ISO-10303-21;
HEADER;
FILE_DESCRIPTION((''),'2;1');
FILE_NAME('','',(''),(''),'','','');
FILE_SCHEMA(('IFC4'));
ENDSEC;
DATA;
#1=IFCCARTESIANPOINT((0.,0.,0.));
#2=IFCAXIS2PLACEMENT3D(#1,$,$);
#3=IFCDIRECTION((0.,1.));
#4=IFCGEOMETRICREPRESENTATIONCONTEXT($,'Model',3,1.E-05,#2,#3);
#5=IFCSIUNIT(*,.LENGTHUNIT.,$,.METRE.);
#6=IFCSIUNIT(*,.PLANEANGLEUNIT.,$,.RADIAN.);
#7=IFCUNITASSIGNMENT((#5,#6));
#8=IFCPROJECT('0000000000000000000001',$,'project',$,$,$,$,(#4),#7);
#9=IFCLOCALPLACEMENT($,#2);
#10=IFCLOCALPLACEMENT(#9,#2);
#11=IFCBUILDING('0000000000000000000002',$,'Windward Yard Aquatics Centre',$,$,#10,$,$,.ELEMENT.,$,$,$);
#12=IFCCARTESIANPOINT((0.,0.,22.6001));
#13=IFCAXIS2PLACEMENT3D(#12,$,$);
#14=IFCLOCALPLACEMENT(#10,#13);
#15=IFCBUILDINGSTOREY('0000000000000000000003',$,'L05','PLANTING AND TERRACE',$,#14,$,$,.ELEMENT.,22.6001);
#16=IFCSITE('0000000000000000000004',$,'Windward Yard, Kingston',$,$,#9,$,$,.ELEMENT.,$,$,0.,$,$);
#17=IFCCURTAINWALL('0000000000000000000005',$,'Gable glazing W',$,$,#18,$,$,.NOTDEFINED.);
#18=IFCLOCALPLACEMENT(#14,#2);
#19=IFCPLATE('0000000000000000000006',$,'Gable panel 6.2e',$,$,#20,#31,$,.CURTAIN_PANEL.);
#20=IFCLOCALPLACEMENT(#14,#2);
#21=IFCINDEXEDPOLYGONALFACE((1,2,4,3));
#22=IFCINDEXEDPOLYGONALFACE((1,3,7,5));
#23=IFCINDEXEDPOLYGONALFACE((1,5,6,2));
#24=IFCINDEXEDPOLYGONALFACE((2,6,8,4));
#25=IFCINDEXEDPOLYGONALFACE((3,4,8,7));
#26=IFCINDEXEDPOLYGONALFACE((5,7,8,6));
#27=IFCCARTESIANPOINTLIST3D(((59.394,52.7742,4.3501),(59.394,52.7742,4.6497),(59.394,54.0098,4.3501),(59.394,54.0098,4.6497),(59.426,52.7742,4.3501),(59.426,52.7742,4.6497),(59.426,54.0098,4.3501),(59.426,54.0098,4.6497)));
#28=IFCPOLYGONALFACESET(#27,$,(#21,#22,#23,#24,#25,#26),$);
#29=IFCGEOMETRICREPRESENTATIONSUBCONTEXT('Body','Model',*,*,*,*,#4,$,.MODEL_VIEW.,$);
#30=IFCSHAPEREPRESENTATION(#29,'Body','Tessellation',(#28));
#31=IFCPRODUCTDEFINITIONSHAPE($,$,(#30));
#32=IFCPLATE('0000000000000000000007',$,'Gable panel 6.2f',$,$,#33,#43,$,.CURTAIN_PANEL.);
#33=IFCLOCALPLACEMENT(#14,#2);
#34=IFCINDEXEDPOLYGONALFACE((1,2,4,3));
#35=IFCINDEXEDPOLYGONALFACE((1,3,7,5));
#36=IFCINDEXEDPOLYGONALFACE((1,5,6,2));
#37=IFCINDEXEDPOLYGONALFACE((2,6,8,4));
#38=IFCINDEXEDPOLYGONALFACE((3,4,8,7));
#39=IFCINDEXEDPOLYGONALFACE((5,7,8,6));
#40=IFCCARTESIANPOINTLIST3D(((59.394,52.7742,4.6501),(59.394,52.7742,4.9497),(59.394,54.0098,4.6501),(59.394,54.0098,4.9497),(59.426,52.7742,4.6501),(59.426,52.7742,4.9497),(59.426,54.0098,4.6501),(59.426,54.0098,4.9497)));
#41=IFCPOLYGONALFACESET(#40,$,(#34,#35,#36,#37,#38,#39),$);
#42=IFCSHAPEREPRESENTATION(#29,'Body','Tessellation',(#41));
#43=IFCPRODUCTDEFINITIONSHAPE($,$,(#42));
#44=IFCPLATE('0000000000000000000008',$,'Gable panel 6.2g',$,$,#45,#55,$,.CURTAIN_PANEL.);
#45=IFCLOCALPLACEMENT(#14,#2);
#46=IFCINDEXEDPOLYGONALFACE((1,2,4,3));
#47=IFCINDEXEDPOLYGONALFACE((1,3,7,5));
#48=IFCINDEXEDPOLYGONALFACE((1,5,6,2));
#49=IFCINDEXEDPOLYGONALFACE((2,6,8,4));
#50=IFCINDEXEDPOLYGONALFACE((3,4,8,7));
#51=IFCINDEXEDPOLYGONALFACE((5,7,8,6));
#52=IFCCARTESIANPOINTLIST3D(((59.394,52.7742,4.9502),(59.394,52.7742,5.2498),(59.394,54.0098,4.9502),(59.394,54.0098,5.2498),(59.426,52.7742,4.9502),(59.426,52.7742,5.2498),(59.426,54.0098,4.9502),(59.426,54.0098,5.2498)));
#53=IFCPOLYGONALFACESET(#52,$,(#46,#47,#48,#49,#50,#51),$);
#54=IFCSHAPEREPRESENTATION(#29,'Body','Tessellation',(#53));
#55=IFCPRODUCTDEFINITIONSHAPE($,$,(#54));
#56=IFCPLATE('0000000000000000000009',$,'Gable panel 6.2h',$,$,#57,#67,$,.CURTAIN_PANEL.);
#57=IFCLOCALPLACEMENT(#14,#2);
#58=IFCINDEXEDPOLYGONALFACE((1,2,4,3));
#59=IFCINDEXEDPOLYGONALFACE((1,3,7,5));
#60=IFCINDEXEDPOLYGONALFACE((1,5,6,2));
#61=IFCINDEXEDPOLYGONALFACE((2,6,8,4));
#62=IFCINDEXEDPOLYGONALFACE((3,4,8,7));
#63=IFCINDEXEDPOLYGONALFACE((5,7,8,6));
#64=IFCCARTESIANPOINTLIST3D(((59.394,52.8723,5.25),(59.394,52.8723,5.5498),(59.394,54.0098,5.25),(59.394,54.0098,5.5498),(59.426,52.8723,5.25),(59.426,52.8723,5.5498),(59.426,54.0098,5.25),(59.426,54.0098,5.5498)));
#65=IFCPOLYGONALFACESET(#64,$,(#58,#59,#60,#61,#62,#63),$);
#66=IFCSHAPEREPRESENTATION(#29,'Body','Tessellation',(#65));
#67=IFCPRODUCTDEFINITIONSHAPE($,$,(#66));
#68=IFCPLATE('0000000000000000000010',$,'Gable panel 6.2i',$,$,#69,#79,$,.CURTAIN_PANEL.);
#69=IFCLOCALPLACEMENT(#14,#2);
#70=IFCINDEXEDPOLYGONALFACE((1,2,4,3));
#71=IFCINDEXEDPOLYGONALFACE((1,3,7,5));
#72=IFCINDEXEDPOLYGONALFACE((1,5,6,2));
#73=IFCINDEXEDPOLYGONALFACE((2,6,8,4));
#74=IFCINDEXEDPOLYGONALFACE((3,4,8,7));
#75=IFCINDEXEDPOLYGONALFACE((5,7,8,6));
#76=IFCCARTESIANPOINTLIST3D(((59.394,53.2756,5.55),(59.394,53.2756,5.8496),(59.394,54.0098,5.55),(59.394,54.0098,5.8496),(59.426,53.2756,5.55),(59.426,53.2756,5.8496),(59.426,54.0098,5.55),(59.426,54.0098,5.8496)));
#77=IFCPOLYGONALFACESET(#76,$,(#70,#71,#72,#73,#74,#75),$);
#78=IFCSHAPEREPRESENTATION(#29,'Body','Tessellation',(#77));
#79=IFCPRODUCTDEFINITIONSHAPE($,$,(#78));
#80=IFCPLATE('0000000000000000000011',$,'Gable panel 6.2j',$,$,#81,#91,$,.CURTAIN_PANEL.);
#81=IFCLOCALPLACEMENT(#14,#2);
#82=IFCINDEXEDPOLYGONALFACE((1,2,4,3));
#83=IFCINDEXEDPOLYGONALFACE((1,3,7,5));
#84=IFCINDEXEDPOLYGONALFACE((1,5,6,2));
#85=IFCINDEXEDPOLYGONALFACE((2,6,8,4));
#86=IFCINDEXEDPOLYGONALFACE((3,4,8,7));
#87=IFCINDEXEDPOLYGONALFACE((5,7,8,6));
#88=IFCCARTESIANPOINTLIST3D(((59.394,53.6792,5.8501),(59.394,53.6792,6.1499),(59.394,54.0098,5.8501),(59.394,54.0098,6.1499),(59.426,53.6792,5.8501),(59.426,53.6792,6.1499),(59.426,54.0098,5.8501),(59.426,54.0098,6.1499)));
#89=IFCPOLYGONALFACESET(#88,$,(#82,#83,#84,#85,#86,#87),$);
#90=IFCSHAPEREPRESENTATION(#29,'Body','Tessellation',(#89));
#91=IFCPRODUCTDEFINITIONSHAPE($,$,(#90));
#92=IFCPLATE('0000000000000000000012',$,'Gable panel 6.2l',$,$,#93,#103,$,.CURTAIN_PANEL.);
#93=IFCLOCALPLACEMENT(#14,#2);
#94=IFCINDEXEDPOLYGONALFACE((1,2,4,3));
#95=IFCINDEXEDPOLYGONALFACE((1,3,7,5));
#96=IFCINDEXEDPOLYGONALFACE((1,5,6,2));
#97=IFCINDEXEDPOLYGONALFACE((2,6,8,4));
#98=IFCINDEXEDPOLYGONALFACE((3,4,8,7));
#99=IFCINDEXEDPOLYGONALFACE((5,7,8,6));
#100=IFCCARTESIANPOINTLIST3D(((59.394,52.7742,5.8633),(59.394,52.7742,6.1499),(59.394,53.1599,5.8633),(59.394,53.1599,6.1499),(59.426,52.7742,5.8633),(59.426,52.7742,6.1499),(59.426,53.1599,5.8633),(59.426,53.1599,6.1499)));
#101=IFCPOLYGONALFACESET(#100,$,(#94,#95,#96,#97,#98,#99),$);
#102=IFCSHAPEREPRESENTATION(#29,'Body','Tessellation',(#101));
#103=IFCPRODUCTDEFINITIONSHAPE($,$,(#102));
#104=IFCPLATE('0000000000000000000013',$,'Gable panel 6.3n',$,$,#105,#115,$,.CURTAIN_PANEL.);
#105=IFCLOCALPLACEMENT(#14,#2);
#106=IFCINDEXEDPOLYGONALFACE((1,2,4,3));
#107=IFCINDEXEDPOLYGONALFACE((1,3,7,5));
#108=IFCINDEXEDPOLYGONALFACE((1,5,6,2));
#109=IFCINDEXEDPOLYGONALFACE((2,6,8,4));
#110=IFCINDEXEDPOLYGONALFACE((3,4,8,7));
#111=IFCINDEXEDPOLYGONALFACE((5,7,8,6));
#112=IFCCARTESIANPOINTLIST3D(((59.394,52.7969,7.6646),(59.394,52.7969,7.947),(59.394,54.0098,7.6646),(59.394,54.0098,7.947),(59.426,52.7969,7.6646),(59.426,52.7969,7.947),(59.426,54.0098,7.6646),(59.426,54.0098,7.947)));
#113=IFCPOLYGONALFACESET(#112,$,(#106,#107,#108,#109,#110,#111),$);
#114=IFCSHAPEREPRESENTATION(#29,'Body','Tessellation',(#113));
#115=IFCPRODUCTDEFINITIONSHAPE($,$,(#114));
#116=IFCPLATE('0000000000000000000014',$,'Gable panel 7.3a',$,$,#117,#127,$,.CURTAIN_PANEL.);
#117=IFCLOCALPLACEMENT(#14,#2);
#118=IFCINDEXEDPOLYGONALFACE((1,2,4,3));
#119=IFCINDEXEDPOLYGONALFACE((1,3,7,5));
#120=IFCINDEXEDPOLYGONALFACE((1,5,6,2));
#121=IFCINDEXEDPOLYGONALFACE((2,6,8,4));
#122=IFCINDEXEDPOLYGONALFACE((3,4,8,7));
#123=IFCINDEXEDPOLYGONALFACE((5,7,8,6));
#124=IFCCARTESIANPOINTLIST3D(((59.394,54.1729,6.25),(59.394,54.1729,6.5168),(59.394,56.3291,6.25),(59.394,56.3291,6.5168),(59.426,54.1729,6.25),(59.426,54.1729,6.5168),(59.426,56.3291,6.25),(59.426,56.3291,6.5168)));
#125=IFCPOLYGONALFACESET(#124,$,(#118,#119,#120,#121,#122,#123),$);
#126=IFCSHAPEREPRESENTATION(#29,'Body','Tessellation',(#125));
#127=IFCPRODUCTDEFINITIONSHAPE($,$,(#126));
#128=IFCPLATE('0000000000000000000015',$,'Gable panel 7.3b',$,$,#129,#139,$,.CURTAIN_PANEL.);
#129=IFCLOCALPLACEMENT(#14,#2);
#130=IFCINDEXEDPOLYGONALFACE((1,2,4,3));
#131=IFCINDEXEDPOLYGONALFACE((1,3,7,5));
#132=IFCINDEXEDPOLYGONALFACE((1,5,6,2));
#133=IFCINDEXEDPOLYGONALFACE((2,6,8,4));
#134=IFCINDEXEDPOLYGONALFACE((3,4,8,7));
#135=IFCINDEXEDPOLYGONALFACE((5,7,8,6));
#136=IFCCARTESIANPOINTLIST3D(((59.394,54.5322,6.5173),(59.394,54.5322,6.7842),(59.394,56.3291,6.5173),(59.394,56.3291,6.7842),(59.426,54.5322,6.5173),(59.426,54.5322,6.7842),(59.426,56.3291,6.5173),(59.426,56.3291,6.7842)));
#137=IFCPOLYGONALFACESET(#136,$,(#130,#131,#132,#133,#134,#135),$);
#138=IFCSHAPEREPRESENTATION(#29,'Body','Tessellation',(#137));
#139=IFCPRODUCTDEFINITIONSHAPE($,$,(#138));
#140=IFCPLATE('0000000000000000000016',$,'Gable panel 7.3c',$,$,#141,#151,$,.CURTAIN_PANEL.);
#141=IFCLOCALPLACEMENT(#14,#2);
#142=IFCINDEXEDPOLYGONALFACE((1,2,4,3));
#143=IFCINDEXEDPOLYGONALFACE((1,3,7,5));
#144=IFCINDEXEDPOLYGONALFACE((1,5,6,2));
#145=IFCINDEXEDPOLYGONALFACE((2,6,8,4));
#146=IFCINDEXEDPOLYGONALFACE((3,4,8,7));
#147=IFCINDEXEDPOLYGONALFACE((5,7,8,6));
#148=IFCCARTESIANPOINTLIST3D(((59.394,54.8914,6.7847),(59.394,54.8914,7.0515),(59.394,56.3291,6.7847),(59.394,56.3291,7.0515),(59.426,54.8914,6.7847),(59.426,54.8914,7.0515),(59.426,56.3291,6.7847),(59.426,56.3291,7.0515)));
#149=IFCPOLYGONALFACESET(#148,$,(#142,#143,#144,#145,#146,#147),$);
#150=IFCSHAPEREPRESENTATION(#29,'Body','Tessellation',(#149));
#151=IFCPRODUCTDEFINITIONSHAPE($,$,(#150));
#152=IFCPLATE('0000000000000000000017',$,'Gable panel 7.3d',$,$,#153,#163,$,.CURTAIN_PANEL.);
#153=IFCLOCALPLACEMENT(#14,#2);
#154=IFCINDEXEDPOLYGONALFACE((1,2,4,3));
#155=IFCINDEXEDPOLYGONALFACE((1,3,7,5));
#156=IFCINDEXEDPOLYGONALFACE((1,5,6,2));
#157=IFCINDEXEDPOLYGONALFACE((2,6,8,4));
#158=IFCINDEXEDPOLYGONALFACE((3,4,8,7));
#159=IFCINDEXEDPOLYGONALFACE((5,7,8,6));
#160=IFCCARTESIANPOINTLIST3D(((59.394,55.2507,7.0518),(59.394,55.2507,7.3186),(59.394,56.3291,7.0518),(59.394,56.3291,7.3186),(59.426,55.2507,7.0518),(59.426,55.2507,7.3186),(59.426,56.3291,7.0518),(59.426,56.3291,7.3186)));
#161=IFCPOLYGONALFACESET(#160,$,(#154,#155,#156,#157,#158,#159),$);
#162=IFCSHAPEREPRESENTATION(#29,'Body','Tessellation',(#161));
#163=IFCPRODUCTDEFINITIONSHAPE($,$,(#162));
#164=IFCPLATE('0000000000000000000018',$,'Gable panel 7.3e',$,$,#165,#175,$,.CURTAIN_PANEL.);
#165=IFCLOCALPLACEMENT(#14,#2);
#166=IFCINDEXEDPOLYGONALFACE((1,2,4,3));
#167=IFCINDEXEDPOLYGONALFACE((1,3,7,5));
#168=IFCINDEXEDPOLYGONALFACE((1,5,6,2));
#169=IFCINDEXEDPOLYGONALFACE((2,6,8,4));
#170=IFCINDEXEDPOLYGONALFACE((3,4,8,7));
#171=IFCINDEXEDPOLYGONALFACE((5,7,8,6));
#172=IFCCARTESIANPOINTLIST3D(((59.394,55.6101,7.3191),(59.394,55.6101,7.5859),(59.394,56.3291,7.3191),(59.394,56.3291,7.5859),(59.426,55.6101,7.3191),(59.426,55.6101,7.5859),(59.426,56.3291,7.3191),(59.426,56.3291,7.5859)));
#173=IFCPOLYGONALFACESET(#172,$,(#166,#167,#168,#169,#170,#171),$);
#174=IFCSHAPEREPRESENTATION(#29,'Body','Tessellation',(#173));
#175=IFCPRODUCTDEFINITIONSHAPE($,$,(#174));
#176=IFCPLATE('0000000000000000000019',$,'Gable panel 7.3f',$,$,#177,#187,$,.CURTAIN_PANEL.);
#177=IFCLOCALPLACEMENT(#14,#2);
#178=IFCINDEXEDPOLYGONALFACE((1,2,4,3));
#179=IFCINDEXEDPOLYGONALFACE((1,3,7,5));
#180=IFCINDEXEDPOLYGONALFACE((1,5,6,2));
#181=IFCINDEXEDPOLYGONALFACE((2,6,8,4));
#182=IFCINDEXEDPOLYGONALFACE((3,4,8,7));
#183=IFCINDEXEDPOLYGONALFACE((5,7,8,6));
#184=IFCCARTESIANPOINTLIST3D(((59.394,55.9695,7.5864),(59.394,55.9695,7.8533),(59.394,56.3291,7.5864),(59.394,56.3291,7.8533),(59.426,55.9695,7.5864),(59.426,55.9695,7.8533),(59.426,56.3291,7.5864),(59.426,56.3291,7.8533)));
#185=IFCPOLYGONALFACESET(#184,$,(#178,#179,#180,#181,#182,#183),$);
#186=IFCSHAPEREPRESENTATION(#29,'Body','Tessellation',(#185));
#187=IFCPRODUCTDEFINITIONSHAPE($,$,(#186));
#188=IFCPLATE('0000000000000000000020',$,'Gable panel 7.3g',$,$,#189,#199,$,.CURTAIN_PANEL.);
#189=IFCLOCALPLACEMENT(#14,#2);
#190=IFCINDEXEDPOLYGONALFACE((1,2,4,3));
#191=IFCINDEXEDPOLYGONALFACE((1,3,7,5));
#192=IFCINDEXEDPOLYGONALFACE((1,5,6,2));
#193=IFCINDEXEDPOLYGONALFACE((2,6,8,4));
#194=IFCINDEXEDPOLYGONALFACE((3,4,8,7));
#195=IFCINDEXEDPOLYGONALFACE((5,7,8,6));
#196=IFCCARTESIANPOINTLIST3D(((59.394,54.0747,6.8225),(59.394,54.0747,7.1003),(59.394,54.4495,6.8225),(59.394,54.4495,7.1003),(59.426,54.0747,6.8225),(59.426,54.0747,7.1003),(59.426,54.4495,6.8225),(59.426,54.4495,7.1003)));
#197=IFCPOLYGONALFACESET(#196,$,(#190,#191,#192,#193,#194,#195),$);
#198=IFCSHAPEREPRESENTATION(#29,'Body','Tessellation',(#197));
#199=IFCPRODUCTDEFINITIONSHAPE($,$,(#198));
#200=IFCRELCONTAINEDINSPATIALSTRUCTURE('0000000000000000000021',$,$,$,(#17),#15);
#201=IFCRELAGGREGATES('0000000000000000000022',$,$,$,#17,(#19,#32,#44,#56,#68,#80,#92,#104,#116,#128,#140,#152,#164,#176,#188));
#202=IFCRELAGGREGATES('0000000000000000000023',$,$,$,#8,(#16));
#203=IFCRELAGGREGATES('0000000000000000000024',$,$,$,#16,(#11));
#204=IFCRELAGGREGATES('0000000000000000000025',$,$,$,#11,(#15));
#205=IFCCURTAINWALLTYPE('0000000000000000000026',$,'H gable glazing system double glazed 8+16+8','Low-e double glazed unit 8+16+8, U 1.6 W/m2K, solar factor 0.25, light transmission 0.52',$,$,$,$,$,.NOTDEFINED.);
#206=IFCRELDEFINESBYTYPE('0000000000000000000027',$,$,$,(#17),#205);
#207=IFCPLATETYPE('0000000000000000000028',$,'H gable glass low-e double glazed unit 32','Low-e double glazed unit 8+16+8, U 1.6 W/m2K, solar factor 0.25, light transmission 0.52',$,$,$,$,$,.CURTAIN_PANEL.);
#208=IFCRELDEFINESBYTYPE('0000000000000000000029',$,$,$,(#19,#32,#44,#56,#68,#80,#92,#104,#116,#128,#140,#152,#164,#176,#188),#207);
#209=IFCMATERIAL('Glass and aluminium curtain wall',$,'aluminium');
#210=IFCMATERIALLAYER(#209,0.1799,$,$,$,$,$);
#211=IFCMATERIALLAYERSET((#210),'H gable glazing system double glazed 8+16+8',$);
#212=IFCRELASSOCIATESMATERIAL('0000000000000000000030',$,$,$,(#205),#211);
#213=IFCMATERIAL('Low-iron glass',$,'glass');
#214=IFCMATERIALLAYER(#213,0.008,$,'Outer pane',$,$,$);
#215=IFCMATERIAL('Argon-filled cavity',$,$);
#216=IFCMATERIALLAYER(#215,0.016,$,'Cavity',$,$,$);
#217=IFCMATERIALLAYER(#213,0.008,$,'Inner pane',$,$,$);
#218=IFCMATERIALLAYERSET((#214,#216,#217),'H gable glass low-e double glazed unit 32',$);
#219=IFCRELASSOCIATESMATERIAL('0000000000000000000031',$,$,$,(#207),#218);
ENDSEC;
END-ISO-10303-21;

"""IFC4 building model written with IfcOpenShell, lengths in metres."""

from ifc_helpers import new_model, si_unit, direction, frame, origin, place, context, subcontext, project, spatial, polyline, outline, extrude, material, layer, layer_set, type_object, element, aggregate, save


model = new_model("IFC4")

# Units and contexts
model_context = context("Model", 3, precision=1e-05, world=origin(), true_north=direction((0.0, 1.0)))
body_context = subcontext(model_context, "Body", "Model", "MODEL_VIEW")
ifc_project = project(units=[si_unit("LENGTHUNIT", "METRE"), si_unit("PLANEANGLEUNIT", "RADIAN")], contexts=[model_context])

# Site, building, storey
site_placement = place(None, origin())
site = spatial("IfcSite", under=ifc_project, at=site_placement, Name="Windward Yard, Kingston", CompositionType="ELEMENT", RefElevation=0.0)
building_placement = place(site_placement, origin())
building = spatial("IfcBuilding", under=site, at=building_placement, Name="Windward Yard Aquatics Centre", CompositionType="ELEMENT")
storey_placement = place(building_placement, frame((0.0, 0.0, 22.6001)))
storey = spatial("IfcBuildingStorey", under=building, at=storey_placement, Name="L05", Description="PLANTING AND TERRACE", CompositionType="ELEMENT", Elevation=22.6001)

# Curtain wall, plates
ifc_material_1 = material(Name="Glass and aluminium curtain wall", Category="aluminium")
ifc_layer_1 = layer(ifc_material_1, 0.1799)
ifc_layer_set_1 = layer_set([ifc_layer_1], Name="H gable glazing system double glazed 8+16+8")
curtain_wall_type = type_object("IfcCurtainWallType", Name="H gable glazing system double glazed 8+16+8", Description="Low-e double glazed unit 8+16+8, U 1.6 W/m2K, solar factor 0.25, light transmission 0.52", PredefinedType="NOTDEFINED", material=ifc_layer_set_1)
curtain_wall_placement = place(storey_placement, origin())
curtain_wall = element("IfcCurtainWall", 1, at=curtain_wall_placement, inside=storey, type_object=curtain_wall_type, Name="Gable glazing W", PredefinedType="NOTDEFINED")
ifc_material_2 = material(Name="Low-iron glass", Category="glass")
ifc_layer_2 = layer(ifc_material_2, 0.008, Name="Outer pane")
ifc_material_3 = material(Name="Argon-filled cavity")
ifc_layer_3 = layer(ifc_material_3, 0.016, Name="Cavity")
ifc_layer_4 = layer(ifc_material_2, 0.008, Name="Inner pane")
ifc_layer_set_2 = layer_set([ifc_layer_2, ifc_layer_3, ifc_layer_4], Name="H gable glass low-e double glazed unit 32")
plate_type = type_object("IfcPlateType", Name="H gable glass low-e double glazed unit 32", Description="Low-e double glazed unit 8+16+8, U 1.6 W/m2K, solar factor 0.25, light transmission 0.52", PredefinedType="CURTAIN_PANEL", material=ifc_layer_set_2)
plate_1_placement = place(storey_placement, frame((59.426, 52.7742, 4.3501), z_axis=(1.0, 0.0, 0.0), x_axis=(0.0, 1.0, 0.0)))
plate_1 = element("IfcPlate", 2, at=plate_1_placement, type_object=plate_type, Name="Gable panel 6.2e", PredefinedType="CURTAIN_PANEL", context=body_context, shape_type="SweptSolid", body=[
    extrude(outline(polyline([(0.0, 0.0), (1.2356, 0.0), (1.2356, 0.2996), (0.0, 0.2996), (0.0, 0.0)])), origin(), (0.0, 0.0, -1.0), 0.032),
])
plate_2_placement = place(storey_placement, frame((59.426, 52.7742, 4.6501), z_axis=(1.0, 0.0, 0.0), x_axis=(0.0, 1.0, 0.0)))
plate_2 = element("IfcPlate", 3, at=plate_2_placement, type_object=plate_type, Name="Gable panel 6.2f", PredefinedType="CURTAIN_PANEL", context=body_context, shape_type="SweptSolid", body=[
    extrude(outline(polyline([(0.0, 0.0), (1.2356, 0.0), (1.2356, 0.2996), (0.0, 0.2996), (0.0, 0.0)])), origin(), (0.0, 0.0, -1.0), 0.032),
])
plate_3_placement = place(storey_placement, frame((59.426, 52.7742, 4.9502), z_axis=(1.0, 0.0, 0.0), x_axis=(0.0, 1.0, 0.0)))
plate_3 = element("IfcPlate", 4, at=plate_3_placement, type_object=plate_type, Name="Gable panel 6.2g", PredefinedType="CURTAIN_PANEL", context=body_context, shape_type="SweptSolid", body=[
    extrude(outline(polyline([(0.0, 0.0), (1.2356, 0.0), (1.2356, 0.2996), (0.0, 0.2996), (0.0, 0.0)])), origin(), (0.0, 0.0, -1.0), 0.032),
])
plate_4_placement = place(storey_placement, frame((59.426, 52.8723, 5.25), z_axis=(1.0, 0.0, 0.0), x_axis=(0.0, 1.0, 0.0)))
plate_4 = element("IfcPlate", 5, at=plate_4_placement, type_object=plate_type, Name="Gable panel 6.2h", PredefinedType="CURTAIN_PANEL", context=body_context, shape_type="SweptSolid", body=[
    extrude(outline(polyline([(0.0, 0.0), (1.1375, 0.0), (1.1375, 0.2998), (0.0, 0.2998), (0.0, 0.0)])), origin(), (0.0, 0.0, -1.0), 0.032),
])
plate_5_placement = place(storey_placement, frame((59.426, 53.2756, 5.55), z_axis=(1.0, 0.0, 0.0), x_axis=(0.0, 1.0, 0.0)))
plate_5 = element("IfcPlate", 6, at=plate_5_placement, type_object=plate_type, Name="Gable panel 6.2i", PredefinedType="CURTAIN_PANEL", context=body_context, shape_type="SweptSolid", body=[
    extrude(outline(polyline([(0.0, 0.0), (0.7341, 0.0), (0.7341, 0.2996), (0.0, 0.2996), (0.0, 0.0)])), origin(), (0.0, 0.0, -1.0), 0.032),
])
plate_6_placement = place(storey_placement, frame((59.426, 53.6792, 5.8501), z_axis=(1.0, 0.0, 0.0), x_axis=(0.0, 1.0, 0.0)))
plate_6 = element("IfcPlate", 7, at=plate_6_placement, type_object=plate_type, Name="Gable panel 6.2j", PredefinedType="CURTAIN_PANEL", context=body_context, shape_type="SweptSolid", body=[
    extrude(outline(polyline([(0.0, 0.0), (0.3306, 0.0), (0.3306, 0.2998), (0.0, 0.2998), (0.0, 0.0)])), origin(), (0.0, 0.0, -1.0), 0.032),
])
plate_7_placement = place(storey_placement, frame((59.426, 52.7742, 5.8633), z_axis=(1.0, 0.0, 0.0), x_axis=(0.0, 1.0, 0.0)))
plate_7 = element("IfcPlate", 8, at=plate_7_placement, type_object=plate_type, Name="Gable panel 6.2l", PredefinedType="CURTAIN_PANEL", context=body_context, shape_type="SweptSolid", body=[
    extrude(outline(polyline([(0.0, 0.0), (0.3857, 0.0), (0.3857, 0.2866), (0.0, 0.2866), (0.0, 0.0)])), origin(), (0.0, 0.0, -1.0), 0.032),
])
plate_8_placement = place(storey_placement, frame((59.426, 52.7969, 7.6646), z_axis=(1.0, 0.0, 0.0), x_axis=(0.0, 1.0, 0.0)))
plate_8 = element("IfcPlate", 9, at=plate_8_placement, type_object=plate_type, Name="Gable panel 6.3n", PredefinedType="CURTAIN_PANEL", context=body_context, shape_type="SweptSolid", body=[
    extrude(outline(polyline([(0.0, 0.0), (1.2129, 0.0), (1.2129, 0.2825), (0.0, 0.2825), (0.0, 0.0)])), origin(), (0.0, 0.0, -1.0), 0.032),
])
plate_9_placement = place(storey_placement, frame((59.426, 54.1729, 6.25), z_axis=(1.0, 0.0, 0.0), x_axis=(0.0, 1.0, 0.0)))
plate_9 = element("IfcPlate", 10, at=plate_9_placement, type_object=plate_type, Name="Gable panel 7.3a", PredefinedType="CURTAIN_PANEL", context=body_context, shape_type="SweptSolid", body=[
    extrude(outline(polyline([(0.0, 0.0), (2.1562, 0.0), (2.1562, 0.2668), (0.0, 0.2668), (0.0, 0.0)])), origin(), (0.0, 0.0, -1.0), 0.032),
])
plate_10_placement = place(storey_placement, frame((59.426, 54.5322, 6.5173), z_axis=(1.0, 0.0, 0.0), x_axis=(0.0, 1.0, 0.0)))
plate_10 = element("IfcPlate", 11, at=plate_10_placement, type_object=plate_type, Name="Gable panel 7.3b", PredefinedType="CURTAIN_PANEL", context=body_context, shape_type="SweptSolid", body=[
    extrude(outline(polyline([(0.0, 0.0), (1.7969, 0.0), (1.7969, 0.2668), (0.0, 0.2668), (0.0, 0.0)])), origin(), (0.0, 0.0, -1.0), 0.032),
])
plate_11_placement = place(storey_placement, frame((59.426, 54.8914, 6.7847), z_axis=(1.0, 0.0, 0.0), x_axis=(0.0, 1.0, 0.0)))
plate_11 = element("IfcPlate", 12, at=plate_11_placement, type_object=plate_type, Name="Gable panel 7.3c", PredefinedType="CURTAIN_PANEL", context=body_context, shape_type="SweptSolid", body=[
    extrude(outline(polyline([(0.0, 0.0), (1.4377, 0.0), (1.4377, 0.2668), (0.0, 0.2668), (0.0, 0.0)])), origin(), (0.0, 0.0, -1.0), 0.032),
])
plate_12_placement = place(storey_placement, frame((59.426, 55.2507, 7.0518), z_axis=(1.0, 0.0, 0.0), x_axis=(0.0, 1.0, 0.0)))
plate_12 = element("IfcPlate", 13, at=plate_12_placement, type_object=plate_type, Name="Gable panel 7.3d", PredefinedType="CURTAIN_PANEL", context=body_context, shape_type="SweptSolid", body=[
    extrude(outline(polyline([(0.0, 0.0), (1.0784, 0.0), (1.0784, 0.2668), (0.0, 0.2668), (0.0, 0.0)])), origin(), (0.0, 0.0, -1.0), 0.032),
])
plate_13_placement = place(storey_placement, frame((59.426, 55.6101, 7.3191), z_axis=(1.0, 0.0, 0.0), x_axis=(0.0, 1.0, 0.0)))
plate_13 = element("IfcPlate", 14, at=plate_13_placement, type_object=plate_type, Name="Gable panel 7.3e", PredefinedType="CURTAIN_PANEL", context=body_context, shape_type="SweptSolid", body=[
    extrude(outline(polyline([(0.0, 0.0), (0.719, 0.0), (0.719, 0.2668), (0.0, 0.2668), (0.0, 0.0)])), origin(), (0.0, 0.0, -1.0), 0.032),
])
plate_14_placement = place(storey_placement, frame((59.426, 55.9695, 7.5864), z_axis=(1.0, 0.0, 0.0), x_axis=(0.0, 1.0, 0.0)))
plate_14 = element("IfcPlate", 15, at=plate_14_placement, type_object=plate_type, Name="Gable panel 7.3f", PredefinedType="CURTAIN_PANEL", context=body_context, shape_type="SweptSolid", body=[
    extrude(outline(polyline([(0.0, 0.0), (0.3596, 0.0), (0.3596, 0.2668), (0.0, 0.2668), (0.0, 0.0)])), origin(), (0.0, 0.0, -1.0), 0.032),
])
plate_15_placement = place(storey_placement, frame((59.426, 54.0747, 6.8225), z_axis=(1.0, 0.0, 0.0), x_axis=(0.0, 1.0, 0.0)))
plate_15 = element("IfcPlate", 16, at=plate_15_placement, type_object=plate_type, Name="Gable panel 7.3g", PredefinedType="CURTAIN_PANEL", context=body_context, shape_type="SweptSolid", body=[
    extrude(outline(polyline([(0.0, 0.0), (0.3748, 0.0), (0.3748, 0.2778), (0.0, 0.2778), (0.0, 0.0)])), origin(), (0.0, 0.0, -1.0), 0.032),
])

aggregate(curtain_wall, [plate_1, plate_2, plate_3, plate_4, plate_5, plate_6, plate_7, plate_8, plate_9, plate_10, plate_11, plate_12, plate_13, plate_14, plate_15])

save(model, "model.ifc")
